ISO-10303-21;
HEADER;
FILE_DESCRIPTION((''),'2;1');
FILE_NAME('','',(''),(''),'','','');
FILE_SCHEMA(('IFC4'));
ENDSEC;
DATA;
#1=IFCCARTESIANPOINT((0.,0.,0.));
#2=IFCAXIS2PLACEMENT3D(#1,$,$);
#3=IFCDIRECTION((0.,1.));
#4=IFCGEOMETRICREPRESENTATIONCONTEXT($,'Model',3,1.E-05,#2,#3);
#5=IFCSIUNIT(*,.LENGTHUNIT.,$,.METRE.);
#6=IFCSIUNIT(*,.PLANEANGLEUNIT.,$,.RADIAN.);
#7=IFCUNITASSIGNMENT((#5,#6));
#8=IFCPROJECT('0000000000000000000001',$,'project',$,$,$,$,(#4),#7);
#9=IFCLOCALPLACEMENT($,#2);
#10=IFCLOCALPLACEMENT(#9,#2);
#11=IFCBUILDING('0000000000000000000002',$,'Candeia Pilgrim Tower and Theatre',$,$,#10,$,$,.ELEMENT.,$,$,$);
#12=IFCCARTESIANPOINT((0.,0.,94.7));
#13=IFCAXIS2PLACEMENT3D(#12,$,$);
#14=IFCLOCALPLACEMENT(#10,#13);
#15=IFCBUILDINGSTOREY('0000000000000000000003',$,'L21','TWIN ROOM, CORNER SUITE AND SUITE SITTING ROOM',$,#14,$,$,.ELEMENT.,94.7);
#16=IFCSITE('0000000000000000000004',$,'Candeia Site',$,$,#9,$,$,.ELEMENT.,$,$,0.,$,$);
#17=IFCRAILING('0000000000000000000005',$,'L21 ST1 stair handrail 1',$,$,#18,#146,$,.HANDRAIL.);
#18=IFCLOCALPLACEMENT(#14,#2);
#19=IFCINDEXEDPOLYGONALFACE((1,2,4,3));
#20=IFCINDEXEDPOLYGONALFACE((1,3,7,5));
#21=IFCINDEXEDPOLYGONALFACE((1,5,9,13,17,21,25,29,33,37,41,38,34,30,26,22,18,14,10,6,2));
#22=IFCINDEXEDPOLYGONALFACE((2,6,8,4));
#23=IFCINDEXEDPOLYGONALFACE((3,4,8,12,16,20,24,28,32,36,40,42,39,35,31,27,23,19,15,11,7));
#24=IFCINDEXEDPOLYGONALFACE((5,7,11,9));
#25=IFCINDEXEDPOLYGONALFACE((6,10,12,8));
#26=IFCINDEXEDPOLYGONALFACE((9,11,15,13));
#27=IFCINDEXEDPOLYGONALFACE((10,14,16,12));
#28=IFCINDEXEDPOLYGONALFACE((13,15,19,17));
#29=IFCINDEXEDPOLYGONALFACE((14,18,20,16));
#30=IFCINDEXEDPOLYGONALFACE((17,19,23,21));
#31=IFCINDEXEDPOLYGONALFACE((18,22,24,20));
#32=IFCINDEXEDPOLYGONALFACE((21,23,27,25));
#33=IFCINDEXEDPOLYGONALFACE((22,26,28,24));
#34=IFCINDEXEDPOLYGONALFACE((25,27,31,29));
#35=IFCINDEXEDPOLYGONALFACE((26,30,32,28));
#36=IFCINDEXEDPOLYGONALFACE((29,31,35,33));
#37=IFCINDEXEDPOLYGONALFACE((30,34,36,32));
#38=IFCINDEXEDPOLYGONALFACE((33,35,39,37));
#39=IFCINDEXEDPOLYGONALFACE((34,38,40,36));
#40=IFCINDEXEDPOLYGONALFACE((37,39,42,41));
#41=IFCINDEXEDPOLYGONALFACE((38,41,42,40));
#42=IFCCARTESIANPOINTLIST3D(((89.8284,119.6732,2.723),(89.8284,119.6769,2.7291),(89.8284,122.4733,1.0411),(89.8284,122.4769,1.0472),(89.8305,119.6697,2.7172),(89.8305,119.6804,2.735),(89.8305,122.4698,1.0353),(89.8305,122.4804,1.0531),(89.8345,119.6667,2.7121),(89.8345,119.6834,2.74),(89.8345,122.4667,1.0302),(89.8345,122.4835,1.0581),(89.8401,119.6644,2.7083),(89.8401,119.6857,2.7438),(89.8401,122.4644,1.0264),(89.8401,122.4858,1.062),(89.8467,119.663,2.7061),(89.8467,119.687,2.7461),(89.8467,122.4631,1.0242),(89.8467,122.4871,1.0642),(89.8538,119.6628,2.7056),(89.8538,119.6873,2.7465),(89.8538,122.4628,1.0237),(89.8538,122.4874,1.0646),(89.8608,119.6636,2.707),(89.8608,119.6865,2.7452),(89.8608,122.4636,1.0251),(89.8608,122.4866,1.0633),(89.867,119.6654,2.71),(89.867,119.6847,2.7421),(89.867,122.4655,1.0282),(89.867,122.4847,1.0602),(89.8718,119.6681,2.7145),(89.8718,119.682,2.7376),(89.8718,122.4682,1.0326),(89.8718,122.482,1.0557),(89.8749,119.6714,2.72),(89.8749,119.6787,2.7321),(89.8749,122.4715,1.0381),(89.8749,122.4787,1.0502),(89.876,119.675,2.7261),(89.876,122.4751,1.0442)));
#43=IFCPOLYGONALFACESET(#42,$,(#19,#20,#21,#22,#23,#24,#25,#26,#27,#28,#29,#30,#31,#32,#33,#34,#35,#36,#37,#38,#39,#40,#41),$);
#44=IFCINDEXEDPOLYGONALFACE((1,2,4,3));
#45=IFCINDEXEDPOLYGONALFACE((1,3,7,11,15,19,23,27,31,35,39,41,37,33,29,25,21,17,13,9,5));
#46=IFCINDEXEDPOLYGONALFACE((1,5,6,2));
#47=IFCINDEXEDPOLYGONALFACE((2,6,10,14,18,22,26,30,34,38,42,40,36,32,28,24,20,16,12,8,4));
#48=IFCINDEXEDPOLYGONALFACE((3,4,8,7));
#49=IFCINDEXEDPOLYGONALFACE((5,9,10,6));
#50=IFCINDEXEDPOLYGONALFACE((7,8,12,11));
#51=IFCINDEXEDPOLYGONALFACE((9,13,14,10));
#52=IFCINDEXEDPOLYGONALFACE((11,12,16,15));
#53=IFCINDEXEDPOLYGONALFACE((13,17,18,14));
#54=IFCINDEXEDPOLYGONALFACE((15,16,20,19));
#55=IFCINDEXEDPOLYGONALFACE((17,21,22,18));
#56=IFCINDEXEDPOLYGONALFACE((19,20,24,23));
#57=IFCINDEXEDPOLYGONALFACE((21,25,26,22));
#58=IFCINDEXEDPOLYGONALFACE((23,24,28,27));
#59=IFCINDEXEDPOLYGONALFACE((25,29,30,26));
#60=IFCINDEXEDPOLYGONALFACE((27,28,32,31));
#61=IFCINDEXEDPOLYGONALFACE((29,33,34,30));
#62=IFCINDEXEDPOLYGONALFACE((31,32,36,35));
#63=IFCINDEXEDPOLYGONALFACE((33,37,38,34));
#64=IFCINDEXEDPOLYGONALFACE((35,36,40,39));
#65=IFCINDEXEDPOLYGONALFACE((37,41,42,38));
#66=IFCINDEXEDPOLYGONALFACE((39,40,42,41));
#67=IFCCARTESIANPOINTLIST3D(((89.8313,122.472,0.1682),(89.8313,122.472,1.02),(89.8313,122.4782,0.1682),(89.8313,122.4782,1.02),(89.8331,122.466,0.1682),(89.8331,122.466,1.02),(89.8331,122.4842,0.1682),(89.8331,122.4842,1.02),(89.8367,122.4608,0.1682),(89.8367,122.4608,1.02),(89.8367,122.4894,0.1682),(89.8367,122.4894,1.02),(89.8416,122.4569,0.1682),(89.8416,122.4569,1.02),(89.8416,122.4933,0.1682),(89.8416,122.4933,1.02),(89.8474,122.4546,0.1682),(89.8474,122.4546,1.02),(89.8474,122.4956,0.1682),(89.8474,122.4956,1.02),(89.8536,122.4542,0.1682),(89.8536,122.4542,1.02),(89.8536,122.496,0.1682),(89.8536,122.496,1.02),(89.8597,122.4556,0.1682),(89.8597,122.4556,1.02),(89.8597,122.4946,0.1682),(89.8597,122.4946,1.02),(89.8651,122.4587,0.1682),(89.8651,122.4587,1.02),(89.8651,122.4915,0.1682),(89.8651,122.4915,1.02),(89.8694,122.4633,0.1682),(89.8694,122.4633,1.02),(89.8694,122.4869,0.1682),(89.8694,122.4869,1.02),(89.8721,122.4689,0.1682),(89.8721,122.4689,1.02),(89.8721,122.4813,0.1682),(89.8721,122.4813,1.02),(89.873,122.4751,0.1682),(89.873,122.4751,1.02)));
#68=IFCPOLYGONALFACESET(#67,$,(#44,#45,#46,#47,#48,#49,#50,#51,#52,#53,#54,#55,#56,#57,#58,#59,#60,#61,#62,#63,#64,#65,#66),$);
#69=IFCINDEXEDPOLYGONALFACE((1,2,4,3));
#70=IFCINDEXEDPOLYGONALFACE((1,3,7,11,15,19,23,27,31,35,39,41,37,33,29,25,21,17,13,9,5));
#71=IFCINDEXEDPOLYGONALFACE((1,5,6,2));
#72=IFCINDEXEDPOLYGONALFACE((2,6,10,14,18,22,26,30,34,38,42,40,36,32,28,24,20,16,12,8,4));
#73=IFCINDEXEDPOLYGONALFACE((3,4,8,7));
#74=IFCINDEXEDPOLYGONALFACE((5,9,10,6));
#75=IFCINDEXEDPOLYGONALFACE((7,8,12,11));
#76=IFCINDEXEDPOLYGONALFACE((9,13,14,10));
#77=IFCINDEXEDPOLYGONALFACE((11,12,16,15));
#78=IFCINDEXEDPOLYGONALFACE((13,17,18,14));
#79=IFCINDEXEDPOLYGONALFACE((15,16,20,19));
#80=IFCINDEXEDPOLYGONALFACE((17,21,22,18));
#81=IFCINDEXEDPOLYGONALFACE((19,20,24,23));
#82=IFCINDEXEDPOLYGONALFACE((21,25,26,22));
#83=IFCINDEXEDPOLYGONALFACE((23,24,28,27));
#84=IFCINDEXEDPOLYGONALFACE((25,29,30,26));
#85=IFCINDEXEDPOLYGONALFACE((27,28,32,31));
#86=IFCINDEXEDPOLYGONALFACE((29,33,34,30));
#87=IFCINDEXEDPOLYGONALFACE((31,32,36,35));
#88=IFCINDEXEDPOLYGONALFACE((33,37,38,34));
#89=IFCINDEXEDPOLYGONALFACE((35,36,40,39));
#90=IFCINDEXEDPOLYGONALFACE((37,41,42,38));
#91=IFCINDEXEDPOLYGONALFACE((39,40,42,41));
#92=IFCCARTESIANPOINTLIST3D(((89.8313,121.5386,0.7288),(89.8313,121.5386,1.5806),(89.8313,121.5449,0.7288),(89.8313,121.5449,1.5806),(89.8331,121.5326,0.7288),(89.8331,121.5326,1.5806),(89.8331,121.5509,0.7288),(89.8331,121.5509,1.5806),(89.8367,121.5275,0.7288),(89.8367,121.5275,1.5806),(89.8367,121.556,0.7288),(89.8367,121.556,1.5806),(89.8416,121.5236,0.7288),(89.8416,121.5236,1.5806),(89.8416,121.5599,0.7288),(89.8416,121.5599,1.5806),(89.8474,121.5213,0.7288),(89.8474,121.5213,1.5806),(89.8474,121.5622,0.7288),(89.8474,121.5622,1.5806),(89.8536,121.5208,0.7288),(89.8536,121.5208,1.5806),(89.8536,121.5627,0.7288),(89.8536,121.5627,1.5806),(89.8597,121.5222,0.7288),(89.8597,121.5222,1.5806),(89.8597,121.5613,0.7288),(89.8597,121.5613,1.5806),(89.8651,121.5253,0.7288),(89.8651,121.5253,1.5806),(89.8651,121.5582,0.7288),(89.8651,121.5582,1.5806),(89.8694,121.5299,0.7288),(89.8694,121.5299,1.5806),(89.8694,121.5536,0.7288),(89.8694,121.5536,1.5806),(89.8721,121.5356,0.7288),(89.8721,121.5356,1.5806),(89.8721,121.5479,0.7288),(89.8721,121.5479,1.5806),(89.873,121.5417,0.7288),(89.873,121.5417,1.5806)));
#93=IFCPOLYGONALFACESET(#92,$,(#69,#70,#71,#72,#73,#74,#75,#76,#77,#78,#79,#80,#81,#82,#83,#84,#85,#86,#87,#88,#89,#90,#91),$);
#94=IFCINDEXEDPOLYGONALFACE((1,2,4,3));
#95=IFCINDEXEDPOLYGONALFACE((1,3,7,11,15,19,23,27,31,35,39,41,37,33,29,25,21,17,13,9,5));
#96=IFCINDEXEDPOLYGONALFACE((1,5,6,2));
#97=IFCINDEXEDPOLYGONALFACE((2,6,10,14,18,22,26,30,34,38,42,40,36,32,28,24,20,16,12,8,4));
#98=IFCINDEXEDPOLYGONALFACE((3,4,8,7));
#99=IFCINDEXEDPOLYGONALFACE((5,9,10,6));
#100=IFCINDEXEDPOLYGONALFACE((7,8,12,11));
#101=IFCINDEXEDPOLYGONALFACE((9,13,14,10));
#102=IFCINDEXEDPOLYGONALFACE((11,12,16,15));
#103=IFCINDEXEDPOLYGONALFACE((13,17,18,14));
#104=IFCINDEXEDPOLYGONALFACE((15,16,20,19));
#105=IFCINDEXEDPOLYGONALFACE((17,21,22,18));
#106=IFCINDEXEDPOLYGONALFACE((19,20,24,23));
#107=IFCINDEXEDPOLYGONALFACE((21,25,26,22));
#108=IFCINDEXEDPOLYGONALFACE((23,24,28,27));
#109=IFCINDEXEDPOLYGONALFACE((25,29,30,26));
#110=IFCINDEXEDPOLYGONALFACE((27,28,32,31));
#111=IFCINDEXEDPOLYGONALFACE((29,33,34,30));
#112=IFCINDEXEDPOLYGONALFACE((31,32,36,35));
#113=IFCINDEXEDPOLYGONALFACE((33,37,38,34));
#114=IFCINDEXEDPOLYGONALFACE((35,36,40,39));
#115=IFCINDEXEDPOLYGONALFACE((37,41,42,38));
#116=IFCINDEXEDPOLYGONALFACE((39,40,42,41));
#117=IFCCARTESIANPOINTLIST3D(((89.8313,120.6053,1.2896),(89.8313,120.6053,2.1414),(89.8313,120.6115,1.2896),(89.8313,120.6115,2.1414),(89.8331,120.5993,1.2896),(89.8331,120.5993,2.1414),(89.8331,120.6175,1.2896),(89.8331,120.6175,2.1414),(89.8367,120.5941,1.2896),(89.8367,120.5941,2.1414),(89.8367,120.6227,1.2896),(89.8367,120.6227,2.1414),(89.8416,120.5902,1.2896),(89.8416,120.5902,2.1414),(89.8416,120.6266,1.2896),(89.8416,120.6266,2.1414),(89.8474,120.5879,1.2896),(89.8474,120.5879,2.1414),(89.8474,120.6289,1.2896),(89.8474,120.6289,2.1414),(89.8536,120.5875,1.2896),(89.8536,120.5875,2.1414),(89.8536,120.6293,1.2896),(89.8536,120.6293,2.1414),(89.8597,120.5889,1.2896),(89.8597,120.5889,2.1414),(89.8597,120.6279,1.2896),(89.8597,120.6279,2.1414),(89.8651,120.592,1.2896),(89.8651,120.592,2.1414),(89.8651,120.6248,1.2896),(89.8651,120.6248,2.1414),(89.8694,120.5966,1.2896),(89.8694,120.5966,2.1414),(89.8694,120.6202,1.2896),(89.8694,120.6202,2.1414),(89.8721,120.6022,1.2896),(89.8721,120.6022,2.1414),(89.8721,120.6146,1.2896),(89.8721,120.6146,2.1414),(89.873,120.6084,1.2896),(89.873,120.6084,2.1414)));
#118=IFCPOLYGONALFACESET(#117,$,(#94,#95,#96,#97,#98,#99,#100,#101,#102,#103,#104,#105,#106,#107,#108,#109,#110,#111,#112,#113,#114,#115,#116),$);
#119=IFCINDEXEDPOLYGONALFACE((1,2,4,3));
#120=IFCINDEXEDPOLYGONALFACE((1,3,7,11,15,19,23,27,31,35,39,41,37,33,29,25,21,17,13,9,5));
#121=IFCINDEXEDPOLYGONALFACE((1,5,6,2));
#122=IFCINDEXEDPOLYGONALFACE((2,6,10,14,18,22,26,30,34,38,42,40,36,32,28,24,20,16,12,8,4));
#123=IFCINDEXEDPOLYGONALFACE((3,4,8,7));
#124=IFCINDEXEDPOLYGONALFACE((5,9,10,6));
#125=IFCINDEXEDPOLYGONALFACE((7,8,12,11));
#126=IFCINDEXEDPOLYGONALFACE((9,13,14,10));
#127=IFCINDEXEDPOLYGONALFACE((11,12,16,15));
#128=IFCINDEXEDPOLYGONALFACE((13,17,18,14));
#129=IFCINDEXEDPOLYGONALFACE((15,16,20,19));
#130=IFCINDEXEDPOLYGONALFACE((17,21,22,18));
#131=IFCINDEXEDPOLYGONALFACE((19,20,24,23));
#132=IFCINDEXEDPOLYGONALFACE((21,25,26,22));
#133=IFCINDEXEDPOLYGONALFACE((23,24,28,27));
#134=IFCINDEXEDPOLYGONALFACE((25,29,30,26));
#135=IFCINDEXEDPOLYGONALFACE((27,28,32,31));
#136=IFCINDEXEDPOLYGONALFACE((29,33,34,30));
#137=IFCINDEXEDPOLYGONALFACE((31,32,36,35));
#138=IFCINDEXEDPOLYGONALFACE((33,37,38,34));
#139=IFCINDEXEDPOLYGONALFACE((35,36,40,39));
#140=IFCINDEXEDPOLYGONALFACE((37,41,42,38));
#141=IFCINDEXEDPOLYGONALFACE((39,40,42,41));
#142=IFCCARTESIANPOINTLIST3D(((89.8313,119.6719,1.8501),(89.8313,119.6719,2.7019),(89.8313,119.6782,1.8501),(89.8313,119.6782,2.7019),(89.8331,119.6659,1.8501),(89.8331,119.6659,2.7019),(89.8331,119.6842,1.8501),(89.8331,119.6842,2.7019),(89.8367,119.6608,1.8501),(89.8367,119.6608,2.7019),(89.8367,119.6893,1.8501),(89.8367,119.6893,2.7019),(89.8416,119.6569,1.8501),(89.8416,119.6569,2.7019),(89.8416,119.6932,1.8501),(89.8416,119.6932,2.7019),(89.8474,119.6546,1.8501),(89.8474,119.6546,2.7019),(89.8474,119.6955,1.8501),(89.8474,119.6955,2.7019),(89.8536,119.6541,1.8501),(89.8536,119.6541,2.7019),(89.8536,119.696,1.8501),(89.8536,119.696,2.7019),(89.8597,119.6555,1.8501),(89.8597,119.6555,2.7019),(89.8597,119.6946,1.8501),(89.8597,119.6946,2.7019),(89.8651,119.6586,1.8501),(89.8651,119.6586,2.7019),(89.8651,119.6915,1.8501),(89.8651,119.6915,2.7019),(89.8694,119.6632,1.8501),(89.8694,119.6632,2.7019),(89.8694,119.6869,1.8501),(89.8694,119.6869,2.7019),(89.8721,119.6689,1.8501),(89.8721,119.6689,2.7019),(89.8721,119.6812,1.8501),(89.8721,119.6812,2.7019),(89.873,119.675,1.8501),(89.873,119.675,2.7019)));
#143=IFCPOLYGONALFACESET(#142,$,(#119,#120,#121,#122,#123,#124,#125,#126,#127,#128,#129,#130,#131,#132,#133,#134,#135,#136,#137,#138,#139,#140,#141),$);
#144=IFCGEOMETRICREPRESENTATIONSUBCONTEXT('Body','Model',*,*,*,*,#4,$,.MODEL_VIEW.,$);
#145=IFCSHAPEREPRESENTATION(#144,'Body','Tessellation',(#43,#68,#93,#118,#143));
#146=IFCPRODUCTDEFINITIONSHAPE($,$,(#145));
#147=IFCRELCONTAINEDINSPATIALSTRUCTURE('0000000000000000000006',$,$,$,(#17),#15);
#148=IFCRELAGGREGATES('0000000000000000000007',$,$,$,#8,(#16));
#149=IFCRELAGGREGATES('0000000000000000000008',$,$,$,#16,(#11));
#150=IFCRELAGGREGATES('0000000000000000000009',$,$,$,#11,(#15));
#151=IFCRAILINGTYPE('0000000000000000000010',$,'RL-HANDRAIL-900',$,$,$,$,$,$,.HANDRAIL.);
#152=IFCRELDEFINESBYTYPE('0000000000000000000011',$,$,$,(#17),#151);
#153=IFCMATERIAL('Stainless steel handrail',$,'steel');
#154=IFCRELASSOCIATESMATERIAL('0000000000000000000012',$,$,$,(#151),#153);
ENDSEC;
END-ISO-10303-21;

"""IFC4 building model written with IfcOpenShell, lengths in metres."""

from ifc_helpers import new_model, si_unit, direction, frame, origin, origin_2d, place, context, subcontext, project, spatial, circle, extrude, material, type_object, element, save


model = new_model("IFC4")

# Units and contexts
model_context = context("Model", 3, precision=1e-05, world=origin(), true_north=direction((0.0, 1.0)))
body_context = subcontext(model_context, "Body", "Model", "MODEL_VIEW")
ifc_project = project(units=[si_unit("LENGTHUNIT", "METRE"), si_unit("PLANEANGLEUNIT", "RADIAN")], contexts=[model_context])

# Site, building, storey
site_placement = place(None, origin())
site = spatial("IfcSite", under=ifc_project, at=site_placement, Name="Candeia Site", CompositionType="ELEMENT", RefElevation=0.0)
building_placement = place(site_placement, origin())
building = spatial("IfcBuilding", under=site, at=building_placement, Name="Candeia Pilgrim Tower and Theatre", CompositionType="ELEMENT")
storey_placement = place(building_placement, frame((0.0, 0.0, 94.7)))
storey = spatial("IfcBuildingStorey", under=building, at=storey_placement, Name="L21", Description="TWIN ROOM, CORNER SUITE AND SUITE SITTING ROOM", CompositionType="ELEMENT", Elevation=94.7)

# Railing
ifc_material_1 = material(Name="Stainless steel handrail", Category="steel")
railing_type_1 = type_object("IfcRailingType", Name="RL-HANDRAIL-900", PredefinedType="HANDRAIL", material=ifc_material_1)
railing_1_placement = place(storey_placement, frame((89.8521, 122.4751, 0.1682)))
element("IfcRailing", 1, at=railing_1_placement, inside=storey, type_object=railing_type_1, Name="L21 ST1 stair handrail 1", PredefinedType="HANDRAIL", context=body_context, shape_type="SweptSolid", body=[
    extrude(circle(Radius=0.0239, at=origin_2d()), frame((0.0, 0.0, 0.876), z_axis=(0.0, -0.857242, 0.514913), x_axis=(1.0, 0.0, 0.0)), (0.0, 0.0, 1.0), 3.2664),
    extrude(circle(Radius=0.021, at=origin_2d()), origin(), (0.0, 0.0, 1.0), 0.8518),
    extrude(circle(Radius=0.021, at=origin_2d()), frame((0.0, -0.9333, 0.5605)), (0.0, 0.0, 1.0), 0.8518),
    extrude(circle(Radius=0.021, at=origin_2d()), frame((0.0, -1.8667, 1.1213)), (0.0, 0.0, 1.0), 0.8518),
    extrude(circle(Radius=0.021, at=origin_2d()), frame((0.0, -2.8, 1.6819)), (0.0, 0.0, 1.0), 0.8518),
])

save(model, "model.ifc")
